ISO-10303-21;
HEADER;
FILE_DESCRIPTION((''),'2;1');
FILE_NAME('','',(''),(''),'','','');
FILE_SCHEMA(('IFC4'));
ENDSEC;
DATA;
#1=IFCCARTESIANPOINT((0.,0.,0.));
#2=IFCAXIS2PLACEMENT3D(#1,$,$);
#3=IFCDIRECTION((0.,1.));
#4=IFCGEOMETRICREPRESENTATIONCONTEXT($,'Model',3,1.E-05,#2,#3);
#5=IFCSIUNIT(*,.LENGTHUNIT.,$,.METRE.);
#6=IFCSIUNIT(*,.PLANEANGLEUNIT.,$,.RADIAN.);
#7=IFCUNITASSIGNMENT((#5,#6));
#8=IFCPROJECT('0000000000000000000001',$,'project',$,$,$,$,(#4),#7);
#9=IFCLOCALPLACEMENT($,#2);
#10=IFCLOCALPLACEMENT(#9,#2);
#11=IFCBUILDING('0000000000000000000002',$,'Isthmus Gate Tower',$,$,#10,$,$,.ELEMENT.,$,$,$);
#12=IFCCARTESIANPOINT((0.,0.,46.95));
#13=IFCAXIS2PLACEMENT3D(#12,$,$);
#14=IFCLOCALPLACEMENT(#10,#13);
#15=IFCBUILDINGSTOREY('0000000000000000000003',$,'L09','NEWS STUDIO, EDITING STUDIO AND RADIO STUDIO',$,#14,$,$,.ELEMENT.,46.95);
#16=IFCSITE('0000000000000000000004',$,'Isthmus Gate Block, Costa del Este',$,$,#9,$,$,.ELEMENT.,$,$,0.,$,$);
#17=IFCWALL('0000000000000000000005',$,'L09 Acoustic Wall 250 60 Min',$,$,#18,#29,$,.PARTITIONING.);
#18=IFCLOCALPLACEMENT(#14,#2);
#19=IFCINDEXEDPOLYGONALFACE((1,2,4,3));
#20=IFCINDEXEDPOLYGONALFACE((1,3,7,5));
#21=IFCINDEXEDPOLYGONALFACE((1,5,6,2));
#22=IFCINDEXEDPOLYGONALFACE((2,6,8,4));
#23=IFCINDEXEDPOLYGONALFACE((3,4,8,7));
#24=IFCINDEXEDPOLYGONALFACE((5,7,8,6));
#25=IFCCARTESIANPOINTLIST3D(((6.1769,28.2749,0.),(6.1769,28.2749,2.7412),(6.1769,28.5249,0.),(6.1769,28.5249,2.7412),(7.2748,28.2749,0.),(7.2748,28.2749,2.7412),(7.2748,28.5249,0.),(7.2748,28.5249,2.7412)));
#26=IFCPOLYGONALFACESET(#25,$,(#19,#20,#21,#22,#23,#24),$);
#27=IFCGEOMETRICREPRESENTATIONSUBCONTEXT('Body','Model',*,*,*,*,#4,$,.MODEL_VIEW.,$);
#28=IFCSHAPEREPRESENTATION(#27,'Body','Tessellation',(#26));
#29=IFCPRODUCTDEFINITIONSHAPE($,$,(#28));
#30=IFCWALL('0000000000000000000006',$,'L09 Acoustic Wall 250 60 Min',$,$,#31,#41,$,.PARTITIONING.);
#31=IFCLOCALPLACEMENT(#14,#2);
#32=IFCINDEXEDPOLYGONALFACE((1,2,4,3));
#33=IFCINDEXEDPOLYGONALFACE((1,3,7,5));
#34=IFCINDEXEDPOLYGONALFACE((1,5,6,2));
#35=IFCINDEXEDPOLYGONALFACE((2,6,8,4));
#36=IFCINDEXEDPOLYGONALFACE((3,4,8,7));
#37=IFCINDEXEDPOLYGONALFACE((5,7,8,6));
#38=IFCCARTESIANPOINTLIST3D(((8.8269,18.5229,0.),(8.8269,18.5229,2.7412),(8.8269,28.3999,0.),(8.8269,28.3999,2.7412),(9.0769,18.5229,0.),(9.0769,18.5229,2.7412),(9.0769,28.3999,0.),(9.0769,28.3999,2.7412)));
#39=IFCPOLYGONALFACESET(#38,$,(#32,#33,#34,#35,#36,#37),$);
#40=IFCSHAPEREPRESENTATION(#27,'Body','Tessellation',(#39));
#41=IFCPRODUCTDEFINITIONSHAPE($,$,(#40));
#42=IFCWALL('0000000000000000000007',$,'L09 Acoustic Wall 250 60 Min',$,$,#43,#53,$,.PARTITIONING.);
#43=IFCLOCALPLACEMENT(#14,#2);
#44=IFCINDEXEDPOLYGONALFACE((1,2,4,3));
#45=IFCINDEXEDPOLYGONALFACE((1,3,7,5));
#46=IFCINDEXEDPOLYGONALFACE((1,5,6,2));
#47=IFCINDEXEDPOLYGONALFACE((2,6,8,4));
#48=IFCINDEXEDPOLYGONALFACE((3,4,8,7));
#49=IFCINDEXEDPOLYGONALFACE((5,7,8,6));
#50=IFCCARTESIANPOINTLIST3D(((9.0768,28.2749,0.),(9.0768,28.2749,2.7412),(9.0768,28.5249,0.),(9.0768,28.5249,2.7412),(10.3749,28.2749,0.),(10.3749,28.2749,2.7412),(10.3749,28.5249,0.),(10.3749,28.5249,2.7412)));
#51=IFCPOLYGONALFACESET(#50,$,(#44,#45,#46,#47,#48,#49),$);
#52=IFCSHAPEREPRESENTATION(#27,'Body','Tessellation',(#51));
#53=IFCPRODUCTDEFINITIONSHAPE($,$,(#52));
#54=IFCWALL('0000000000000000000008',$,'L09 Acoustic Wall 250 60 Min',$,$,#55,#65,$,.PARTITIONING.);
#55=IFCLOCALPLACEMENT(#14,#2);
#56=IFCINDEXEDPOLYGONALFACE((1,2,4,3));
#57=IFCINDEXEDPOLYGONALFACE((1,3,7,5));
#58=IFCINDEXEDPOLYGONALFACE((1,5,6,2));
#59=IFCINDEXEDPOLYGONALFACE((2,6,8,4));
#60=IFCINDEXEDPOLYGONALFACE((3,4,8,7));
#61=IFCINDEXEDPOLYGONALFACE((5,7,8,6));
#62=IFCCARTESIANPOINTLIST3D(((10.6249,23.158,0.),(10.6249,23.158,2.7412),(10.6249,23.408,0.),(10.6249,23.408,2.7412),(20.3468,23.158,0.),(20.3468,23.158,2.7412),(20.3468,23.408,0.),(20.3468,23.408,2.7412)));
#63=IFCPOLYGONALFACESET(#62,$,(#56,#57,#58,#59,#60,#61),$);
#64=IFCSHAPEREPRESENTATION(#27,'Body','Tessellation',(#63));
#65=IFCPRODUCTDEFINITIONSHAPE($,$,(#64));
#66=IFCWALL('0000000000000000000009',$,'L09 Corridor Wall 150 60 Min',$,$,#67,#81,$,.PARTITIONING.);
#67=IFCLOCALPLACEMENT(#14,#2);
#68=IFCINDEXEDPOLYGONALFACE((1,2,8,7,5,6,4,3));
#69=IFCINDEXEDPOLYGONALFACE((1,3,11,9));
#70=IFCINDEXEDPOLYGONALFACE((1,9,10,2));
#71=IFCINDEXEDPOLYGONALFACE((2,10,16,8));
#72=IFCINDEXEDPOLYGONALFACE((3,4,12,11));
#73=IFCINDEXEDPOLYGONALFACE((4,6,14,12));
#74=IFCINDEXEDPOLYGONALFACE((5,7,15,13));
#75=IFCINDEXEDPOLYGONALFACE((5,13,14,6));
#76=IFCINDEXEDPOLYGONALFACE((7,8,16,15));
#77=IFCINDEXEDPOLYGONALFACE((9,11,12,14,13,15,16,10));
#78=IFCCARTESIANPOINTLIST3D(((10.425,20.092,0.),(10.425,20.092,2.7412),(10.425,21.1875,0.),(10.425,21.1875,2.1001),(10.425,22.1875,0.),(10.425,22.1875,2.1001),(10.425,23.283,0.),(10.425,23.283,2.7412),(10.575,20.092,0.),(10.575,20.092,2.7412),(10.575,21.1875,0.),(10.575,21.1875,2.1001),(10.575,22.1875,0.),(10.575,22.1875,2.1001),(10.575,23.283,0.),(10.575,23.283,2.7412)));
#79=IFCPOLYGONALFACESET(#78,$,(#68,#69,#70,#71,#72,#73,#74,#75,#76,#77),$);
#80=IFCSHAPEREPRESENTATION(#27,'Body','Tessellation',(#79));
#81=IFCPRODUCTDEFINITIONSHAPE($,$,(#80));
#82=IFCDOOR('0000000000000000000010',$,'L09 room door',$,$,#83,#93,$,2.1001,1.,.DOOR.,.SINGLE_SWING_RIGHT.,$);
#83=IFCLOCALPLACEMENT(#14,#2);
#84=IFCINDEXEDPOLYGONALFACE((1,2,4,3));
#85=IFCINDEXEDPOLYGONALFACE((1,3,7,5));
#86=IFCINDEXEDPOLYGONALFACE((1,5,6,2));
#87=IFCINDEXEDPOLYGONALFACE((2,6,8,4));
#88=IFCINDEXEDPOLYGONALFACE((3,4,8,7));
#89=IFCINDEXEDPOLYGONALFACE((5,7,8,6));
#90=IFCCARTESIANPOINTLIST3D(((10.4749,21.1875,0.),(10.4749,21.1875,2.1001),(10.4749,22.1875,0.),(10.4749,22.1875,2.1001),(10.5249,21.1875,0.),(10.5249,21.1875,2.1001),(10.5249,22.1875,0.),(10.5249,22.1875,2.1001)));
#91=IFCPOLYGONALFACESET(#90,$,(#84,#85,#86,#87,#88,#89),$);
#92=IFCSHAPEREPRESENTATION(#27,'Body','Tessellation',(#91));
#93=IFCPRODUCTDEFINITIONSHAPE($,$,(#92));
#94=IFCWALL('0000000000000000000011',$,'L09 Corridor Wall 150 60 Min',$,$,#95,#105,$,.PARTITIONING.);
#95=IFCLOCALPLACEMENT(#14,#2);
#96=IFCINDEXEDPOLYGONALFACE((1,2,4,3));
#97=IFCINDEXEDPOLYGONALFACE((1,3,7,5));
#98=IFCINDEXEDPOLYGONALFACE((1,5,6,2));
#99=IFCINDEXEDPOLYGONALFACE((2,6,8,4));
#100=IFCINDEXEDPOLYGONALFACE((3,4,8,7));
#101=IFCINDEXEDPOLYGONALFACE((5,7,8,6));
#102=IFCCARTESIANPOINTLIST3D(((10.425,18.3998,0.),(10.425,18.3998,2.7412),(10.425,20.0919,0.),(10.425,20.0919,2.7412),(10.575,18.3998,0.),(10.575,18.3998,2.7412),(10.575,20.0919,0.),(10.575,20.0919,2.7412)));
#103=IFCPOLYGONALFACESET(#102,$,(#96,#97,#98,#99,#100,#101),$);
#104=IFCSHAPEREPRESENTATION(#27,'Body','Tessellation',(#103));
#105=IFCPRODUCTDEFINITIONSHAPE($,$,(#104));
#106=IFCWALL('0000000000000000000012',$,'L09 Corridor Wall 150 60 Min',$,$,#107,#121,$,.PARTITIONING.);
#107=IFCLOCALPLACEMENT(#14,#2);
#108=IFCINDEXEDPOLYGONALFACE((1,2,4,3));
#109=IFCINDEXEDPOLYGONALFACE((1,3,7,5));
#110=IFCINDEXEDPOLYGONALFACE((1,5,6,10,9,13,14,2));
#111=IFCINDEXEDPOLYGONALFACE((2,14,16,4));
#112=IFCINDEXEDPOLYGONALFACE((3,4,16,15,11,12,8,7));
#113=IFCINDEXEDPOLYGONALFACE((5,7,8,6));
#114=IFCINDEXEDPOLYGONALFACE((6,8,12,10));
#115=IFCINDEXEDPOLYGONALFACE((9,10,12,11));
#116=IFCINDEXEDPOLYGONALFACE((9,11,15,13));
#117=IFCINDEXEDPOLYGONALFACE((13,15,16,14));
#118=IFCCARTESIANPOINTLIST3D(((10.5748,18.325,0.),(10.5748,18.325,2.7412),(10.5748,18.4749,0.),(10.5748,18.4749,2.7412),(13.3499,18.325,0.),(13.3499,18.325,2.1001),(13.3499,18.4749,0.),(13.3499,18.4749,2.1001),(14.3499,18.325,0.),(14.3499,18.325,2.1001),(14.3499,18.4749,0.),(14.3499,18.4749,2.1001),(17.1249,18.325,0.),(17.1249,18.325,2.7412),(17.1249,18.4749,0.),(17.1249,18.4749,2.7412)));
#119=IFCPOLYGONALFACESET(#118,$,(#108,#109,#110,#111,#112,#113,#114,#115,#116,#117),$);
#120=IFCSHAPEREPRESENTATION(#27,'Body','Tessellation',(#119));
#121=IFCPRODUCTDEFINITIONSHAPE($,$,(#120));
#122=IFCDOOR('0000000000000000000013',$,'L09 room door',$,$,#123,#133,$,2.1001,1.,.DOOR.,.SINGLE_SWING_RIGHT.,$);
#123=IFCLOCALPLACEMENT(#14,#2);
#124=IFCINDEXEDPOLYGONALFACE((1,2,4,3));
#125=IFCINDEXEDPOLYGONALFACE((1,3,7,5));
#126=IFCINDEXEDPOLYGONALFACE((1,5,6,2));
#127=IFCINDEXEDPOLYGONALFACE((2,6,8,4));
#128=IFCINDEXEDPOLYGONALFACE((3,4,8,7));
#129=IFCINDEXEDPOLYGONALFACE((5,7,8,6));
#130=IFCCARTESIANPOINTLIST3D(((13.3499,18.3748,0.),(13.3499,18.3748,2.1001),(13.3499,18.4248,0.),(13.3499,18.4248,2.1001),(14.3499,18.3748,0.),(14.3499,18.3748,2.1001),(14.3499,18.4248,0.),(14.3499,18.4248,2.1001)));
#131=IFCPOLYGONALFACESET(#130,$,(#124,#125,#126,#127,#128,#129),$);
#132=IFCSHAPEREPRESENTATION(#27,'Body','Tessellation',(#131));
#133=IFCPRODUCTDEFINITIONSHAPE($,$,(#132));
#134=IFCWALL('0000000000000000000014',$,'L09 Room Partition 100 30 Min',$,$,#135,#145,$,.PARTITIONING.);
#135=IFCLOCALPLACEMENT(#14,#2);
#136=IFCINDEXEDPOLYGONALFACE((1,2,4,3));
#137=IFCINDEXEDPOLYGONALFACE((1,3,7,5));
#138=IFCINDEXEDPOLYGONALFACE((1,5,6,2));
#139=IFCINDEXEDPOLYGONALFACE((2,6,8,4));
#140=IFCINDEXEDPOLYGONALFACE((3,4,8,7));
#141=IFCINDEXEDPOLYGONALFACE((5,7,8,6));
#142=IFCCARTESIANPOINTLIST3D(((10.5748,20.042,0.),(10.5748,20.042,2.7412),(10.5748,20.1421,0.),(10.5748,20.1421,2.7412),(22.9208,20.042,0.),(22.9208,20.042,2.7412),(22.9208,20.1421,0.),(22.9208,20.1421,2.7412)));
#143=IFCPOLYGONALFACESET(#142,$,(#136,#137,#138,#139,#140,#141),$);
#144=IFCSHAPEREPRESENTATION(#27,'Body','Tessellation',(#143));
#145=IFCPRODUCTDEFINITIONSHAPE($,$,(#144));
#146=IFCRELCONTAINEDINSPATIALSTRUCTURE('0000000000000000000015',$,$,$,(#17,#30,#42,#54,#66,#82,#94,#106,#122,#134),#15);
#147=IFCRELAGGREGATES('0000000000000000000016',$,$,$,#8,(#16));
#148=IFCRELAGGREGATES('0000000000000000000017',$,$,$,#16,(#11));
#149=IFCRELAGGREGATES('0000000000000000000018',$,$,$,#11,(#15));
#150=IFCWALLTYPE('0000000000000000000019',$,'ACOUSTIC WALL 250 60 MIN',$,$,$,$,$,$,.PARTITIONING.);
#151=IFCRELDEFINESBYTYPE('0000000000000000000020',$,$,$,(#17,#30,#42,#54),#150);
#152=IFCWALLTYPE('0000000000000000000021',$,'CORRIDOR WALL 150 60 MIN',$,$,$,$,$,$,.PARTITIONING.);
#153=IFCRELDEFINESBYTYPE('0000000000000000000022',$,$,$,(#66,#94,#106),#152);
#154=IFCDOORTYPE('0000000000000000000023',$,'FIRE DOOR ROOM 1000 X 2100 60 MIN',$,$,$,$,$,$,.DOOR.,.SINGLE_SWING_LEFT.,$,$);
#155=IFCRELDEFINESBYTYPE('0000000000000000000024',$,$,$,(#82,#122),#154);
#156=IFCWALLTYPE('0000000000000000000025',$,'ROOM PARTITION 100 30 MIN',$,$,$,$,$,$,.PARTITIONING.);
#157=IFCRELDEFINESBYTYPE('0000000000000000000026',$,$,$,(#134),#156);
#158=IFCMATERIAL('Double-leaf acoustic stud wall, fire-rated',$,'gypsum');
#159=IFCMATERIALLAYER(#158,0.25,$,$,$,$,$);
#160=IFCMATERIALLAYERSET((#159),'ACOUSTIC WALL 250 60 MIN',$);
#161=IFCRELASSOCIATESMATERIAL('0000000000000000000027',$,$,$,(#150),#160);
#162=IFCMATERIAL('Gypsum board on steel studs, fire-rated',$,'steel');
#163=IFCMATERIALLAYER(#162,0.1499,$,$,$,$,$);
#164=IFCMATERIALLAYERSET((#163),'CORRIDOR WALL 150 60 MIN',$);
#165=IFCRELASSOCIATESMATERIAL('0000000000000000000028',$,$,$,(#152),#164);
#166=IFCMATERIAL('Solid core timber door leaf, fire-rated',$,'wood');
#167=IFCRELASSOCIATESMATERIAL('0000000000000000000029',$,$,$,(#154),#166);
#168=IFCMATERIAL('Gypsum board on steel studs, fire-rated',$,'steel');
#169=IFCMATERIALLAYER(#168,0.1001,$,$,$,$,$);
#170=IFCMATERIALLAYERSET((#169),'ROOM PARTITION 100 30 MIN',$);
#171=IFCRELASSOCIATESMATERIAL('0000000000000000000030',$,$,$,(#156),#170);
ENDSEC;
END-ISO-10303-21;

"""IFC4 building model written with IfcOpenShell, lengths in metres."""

from ifc_helpers import new_model, si_unit, direction, frame, frame_2d, origin, place, context, subcontext, project, spatial, rectangle, extrude, material, layer, layer_set, type_object, element, fill, save


model = new_model("IFC4")

# Units and contexts
model_context = context("Model", 3, precision=1e-05, world=origin(), true_north=direction((0.0, 1.0)))
body_context = subcontext(model_context, "Body", "Model", "MODEL_VIEW")
ifc_project = project(units=[si_unit("LENGTHUNIT", "METRE"), si_unit("PLANEANGLEUNIT", "RADIAN")], contexts=[model_context])

# Site, building, storey
site_placement = place(None, origin())
site = spatial("IfcSite", under=ifc_project, at=site_placement, Name="Isthmus Gate Block, Costa del Este", CompositionType="ELEMENT", RefElevation=0.0)
building_placement = place(site_placement, origin())
building = spatial("IfcBuilding", under=site, at=building_placement, Name="Isthmus Gate Tower", CompositionType="ELEMENT")
storey_placement = place(building_placement, frame((0.0, 0.0, 46.95)))
storey = spatial("IfcBuildingStorey", under=building, at=storey_placement, Name="L09", Description="NEWS STUDIO, EDITING STUDIO AND RADIO STUDIO", CompositionType="ELEMENT", Elevation=46.95)

# Shared definitions
ifc_material_1 = material(Name="Double-leaf acoustic stud wall, fire-rated", Category="gypsum")
ifc_layer_1 = layer(ifc_material_1, 0.25)
ifc_layer_set_1 = layer_set([ifc_layer_1], Name="ACOUSTIC WALL 250 60 MIN")
wall_type_1 = type_object("IfcWallType", Name="ACOUSTIC WALL 250 60 MIN", PredefinedType="PARTITIONING", material=ifc_layer_set_1)

# Walls
wall_1_placement = place(storey_placement, frame((6.177, 28.3999, 0.0), z_axis=(0.0, 0.0, 1.0), x_axis=(1.0, 0.0, 0.0)))
element("IfcWall", 1, at=wall_1_placement, inside=storey, type_object=wall_type_1, Name="L09 Acoustic Wall 250 60 Min", PredefinedType="PARTITIONING", context=body_context, shape_type="SweptSolid", body=[
    extrude(rectangle(XDim=1.0979, YDim=0.25, at=frame_2d((0.5488, 0.0))), origin(), (0.0, 0.0, 1.0), 2.7412),
])
wall_2_placement = place(storey_placement, frame((8.9519, 18.5229, 0.0), z_axis=(0.0, 0.0, 1.0), x_axis=(0.0, 1.0, 0.0)))
element("IfcWall", 2, at=wall_2_placement, inside=storey, type_object=wall_type_1, Name="L09 Acoustic Wall 250 60 Min", PredefinedType="PARTITIONING", context=body_context, shape_type="SweptSolid", body=[
    extrude(rectangle(XDim=9.877, YDim=0.25, at=frame_2d((4.9385, 0.0))), origin(), (0.0, 0.0, 1.0), 2.7412),
])
wall_3_placement = place(storey_placement, frame((9.0769, 28.3999, 0.0), z_axis=(0.0, 0.0, 1.0), x_axis=(1.0, 0.0, 0.0)))
element("IfcWall", 3, at=wall_3_placement, inside=storey, type_object=wall_type_1, Name="L09 Acoustic Wall 250 60 Min", PredefinedType="PARTITIONING", context=body_context, shape_type="SweptSolid", body=[
    extrude(rectangle(XDim=1.2981, YDim=0.25, at=frame_2d((0.6489, 0.0))), origin(), (0.0, 0.0, 1.0), 2.7412),
])
wall_4_placement = place(storey_placement, frame((10.625, 23.283, 0.0), z_axis=(0.0, 0.0, 1.0), x_axis=(1.0, 0.0, 0.0)))
element("IfcWall", 4, at=wall_4_placement, inside=storey, type_object=wall_type_1, Name="L09 Acoustic Wall 250 60 Min", PredefinedType="PARTITIONING", context=body_context, shape_type="SweptSolid", body=[
    extrude(rectangle(XDim=9.7219, YDim=0.25, at=frame_2d((4.8608, 0.0))), origin(), (0.0, 0.0, 1.0), 2.7412),
])

# Wall, opening, door
ifc_material_2 = material(Name="Gypsum board on steel studs, fire-rated", Category="steel")
ifc_layer_2 = layer(ifc_material_2, 0.1499)
ifc_layer_set_2 = layer_set([ifc_layer_2], Name="CORRIDOR WALL 150 60 MIN")
wall_type_2 = type_object("IfcWallType", Name="CORRIDOR WALL 150 60 MIN", PredefinedType="PARTITIONING", material=ifc_layer_set_2)
wall_5_placement = place(storey_placement, frame((10.5, 23.283, 0.0), z_axis=(0.0, 0.0, 1.0), x_axis=(0.0, -1.0, 0.0)))
wall_5 = element("IfcWall", 5, at=wall_5_placement, inside=storey, type_object=wall_type_2, Name="L09 Corridor Wall 150 60 Min", PredefinedType="PARTITIONING", context=body_context, shape_type="SweptSolid", body=[
    extrude(rectangle(XDim=3.1909, YDim=0.1499, at=frame_2d((1.5955, 0.0))), origin(), (0.0, 0.0, 1.0), 2.7412),
])
opening_1_placement = place(wall_5_placement, frame((1.0955, 0.0, 0.0)))
opening_1 = element("IfcOpeningElement", 6, at=opening_1_placement, cuts=wall_5, PredefinedType="OPENING", context=body_context, shape_type="SweptSolid", body=[
    extrude(rectangle(XDim=1.0, YDim=2.1001, at=frame_2d((0.5, 1.05))), frame((0.0, 0.085, 0.0), z_axis=(0.0, -1.0, 0.0), x_axis=(1.0, 0.0, 0.0)), (0.0, 0.0, 1.0), 0.1699),
])
ifc_material_3 = material(Name="Solid core timber door leaf, fire-rated", Category="wood")
door_type_1 = type_object("IfcDoorType", Name="FIRE DOOR ROOM 1000 X 2100 60 MIN", OperationType="SINGLE_SWING_LEFT", PredefinedType="DOOR", material=ifc_material_3)
door_1_placement = place(opening_1_placement, origin())
door_1 = element("IfcDoor", 7, at=door_1_placement, inside=storey, type_object=door_type_1, Name="L09 room door", OperationType="SINGLE_SWING_RIGHT", OverallHeight=2.1001, OverallWidth=1.0, PredefinedType="DOOR", context=body_context, shape_type="SweptSolid", body=[
    extrude(rectangle(XDim=1.0, YDim=2.1001, at=frame_2d((0.5, 1.05))), frame((0.0, 0.0249, 0.0), z_axis=(0.0, -1.0, 0.0), x_axis=(1.0, 0.0, 0.0)), (0.0, 0.0, 1.0), 0.05),
])
fill(opening_1, door_1)

# Wall
wall_6_placement = place(storey_placement, frame((10.5, 20.092, 0.0), z_axis=(0.0, 0.0, 1.0), x_axis=(0.0, -1.0, 0.0)))
element("IfcWall", 8, at=wall_6_placement, inside=storey, type_object=wall_type_2, Name="L09 Corridor Wall 150 60 Min", PredefinedType="PARTITIONING", context=body_context, shape_type="SweptSolid", body=[
    extrude(rectangle(XDim=1.6921, YDim=0.1499, at=frame_2d((0.8462, 0.0))), origin(), (0.0, 0.0, 1.0), 2.7412),
])

# Wall, opening, door
wall_7_placement = place(storey_placement, frame((10.575, 18.3999, 0.0), z_axis=(0.0, 0.0, 1.0), x_axis=(1.0, 0.0, 0.0)))
wall_7 = element("IfcWall", 9, at=wall_7_placement, inside=storey, type_object=wall_type_2, Name="L09 Corridor Wall 150 60 Min", PredefinedType="PARTITIONING", context=body_context, shape_type="SweptSolid", body=[
    extrude(rectangle(XDim=6.55, YDim=0.1499, at=frame_2d((3.2749, 0.0))), origin(), (0.0, 0.0, 1.0), 2.7412),
])
opening_2_placement = place(wall_7_placement, frame((2.7749, 0.0, 0.0)))
opening_2 = element("IfcOpeningElement", 10, at=opening_2_placement, cuts=wall_7, PredefinedType="OPENING", context=body_context, shape_type="SweptSolid", body=[
    extrude(rectangle(XDim=1.0, YDim=2.1001, at=frame_2d((0.5, 1.05))), frame((0.0, 0.085, 0.0), z_axis=(0.0, -1.0, 0.0), x_axis=(1.0, 0.0, 0.0)), (0.0, 0.0, 1.0), 0.1699),
])
door_2_placement = place(opening_2_placement, origin())
door_2 = element("IfcDoor", 11, at=door_2_placement, inside=storey, type_object=door_type_1, Name="L09 room door", OperationType="SINGLE_SWING_RIGHT", OverallHeight=2.1001, OverallWidth=1.0, PredefinedType="DOOR", context=body_context, shape_type="SweptSolid", body=[
    extrude(rectangle(XDim=1.0, YDim=2.1001, at=frame_2d((0.5, 1.05))), frame((0.0, 0.0249, 0.0), z_axis=(0.0, -1.0, 0.0), x_axis=(1.0, 0.0, 0.0)), (0.0, 0.0, 1.0), 0.05),
])
fill(opening_2, door_2)

# Wall
ifc_material_4 = material(Name="Gypsum board on steel studs, fire-rated", Category="steel")
ifc_layer_3 = layer(ifc_material_4, 0.1001)
ifc_layer_set_3 = layer_set([ifc_layer_3], Name="ROOM PARTITION 100 30 MIN")
wall_type_3 = type_object("IfcWallType", Name="ROOM PARTITION 100 30 MIN", PredefinedType="PARTITIONING", material=ifc_layer_set_3)
wall_8_placement = place(storey_placement, frame((10.575, 20.092, 0.0), z_axis=(0.0, 0.0, 1.0), x_axis=(1.0, 0.0, 0.0)))
element("IfcWall", 12, at=wall_8_placement, inside=storey, type_object=wall_type_3, Name="L09 Room Partition 100 30 Min", PredefinedType="PARTITIONING", context=body_context, shape_type="SweptSolid", body=[
    extrude(rectangle(XDim=12.3459, YDim=0.1001, at=frame_2d((6.1729, 0.0))), origin(), (0.0, 0.0, 1.0), 2.7412),
])

save(model, "model.ifc")
